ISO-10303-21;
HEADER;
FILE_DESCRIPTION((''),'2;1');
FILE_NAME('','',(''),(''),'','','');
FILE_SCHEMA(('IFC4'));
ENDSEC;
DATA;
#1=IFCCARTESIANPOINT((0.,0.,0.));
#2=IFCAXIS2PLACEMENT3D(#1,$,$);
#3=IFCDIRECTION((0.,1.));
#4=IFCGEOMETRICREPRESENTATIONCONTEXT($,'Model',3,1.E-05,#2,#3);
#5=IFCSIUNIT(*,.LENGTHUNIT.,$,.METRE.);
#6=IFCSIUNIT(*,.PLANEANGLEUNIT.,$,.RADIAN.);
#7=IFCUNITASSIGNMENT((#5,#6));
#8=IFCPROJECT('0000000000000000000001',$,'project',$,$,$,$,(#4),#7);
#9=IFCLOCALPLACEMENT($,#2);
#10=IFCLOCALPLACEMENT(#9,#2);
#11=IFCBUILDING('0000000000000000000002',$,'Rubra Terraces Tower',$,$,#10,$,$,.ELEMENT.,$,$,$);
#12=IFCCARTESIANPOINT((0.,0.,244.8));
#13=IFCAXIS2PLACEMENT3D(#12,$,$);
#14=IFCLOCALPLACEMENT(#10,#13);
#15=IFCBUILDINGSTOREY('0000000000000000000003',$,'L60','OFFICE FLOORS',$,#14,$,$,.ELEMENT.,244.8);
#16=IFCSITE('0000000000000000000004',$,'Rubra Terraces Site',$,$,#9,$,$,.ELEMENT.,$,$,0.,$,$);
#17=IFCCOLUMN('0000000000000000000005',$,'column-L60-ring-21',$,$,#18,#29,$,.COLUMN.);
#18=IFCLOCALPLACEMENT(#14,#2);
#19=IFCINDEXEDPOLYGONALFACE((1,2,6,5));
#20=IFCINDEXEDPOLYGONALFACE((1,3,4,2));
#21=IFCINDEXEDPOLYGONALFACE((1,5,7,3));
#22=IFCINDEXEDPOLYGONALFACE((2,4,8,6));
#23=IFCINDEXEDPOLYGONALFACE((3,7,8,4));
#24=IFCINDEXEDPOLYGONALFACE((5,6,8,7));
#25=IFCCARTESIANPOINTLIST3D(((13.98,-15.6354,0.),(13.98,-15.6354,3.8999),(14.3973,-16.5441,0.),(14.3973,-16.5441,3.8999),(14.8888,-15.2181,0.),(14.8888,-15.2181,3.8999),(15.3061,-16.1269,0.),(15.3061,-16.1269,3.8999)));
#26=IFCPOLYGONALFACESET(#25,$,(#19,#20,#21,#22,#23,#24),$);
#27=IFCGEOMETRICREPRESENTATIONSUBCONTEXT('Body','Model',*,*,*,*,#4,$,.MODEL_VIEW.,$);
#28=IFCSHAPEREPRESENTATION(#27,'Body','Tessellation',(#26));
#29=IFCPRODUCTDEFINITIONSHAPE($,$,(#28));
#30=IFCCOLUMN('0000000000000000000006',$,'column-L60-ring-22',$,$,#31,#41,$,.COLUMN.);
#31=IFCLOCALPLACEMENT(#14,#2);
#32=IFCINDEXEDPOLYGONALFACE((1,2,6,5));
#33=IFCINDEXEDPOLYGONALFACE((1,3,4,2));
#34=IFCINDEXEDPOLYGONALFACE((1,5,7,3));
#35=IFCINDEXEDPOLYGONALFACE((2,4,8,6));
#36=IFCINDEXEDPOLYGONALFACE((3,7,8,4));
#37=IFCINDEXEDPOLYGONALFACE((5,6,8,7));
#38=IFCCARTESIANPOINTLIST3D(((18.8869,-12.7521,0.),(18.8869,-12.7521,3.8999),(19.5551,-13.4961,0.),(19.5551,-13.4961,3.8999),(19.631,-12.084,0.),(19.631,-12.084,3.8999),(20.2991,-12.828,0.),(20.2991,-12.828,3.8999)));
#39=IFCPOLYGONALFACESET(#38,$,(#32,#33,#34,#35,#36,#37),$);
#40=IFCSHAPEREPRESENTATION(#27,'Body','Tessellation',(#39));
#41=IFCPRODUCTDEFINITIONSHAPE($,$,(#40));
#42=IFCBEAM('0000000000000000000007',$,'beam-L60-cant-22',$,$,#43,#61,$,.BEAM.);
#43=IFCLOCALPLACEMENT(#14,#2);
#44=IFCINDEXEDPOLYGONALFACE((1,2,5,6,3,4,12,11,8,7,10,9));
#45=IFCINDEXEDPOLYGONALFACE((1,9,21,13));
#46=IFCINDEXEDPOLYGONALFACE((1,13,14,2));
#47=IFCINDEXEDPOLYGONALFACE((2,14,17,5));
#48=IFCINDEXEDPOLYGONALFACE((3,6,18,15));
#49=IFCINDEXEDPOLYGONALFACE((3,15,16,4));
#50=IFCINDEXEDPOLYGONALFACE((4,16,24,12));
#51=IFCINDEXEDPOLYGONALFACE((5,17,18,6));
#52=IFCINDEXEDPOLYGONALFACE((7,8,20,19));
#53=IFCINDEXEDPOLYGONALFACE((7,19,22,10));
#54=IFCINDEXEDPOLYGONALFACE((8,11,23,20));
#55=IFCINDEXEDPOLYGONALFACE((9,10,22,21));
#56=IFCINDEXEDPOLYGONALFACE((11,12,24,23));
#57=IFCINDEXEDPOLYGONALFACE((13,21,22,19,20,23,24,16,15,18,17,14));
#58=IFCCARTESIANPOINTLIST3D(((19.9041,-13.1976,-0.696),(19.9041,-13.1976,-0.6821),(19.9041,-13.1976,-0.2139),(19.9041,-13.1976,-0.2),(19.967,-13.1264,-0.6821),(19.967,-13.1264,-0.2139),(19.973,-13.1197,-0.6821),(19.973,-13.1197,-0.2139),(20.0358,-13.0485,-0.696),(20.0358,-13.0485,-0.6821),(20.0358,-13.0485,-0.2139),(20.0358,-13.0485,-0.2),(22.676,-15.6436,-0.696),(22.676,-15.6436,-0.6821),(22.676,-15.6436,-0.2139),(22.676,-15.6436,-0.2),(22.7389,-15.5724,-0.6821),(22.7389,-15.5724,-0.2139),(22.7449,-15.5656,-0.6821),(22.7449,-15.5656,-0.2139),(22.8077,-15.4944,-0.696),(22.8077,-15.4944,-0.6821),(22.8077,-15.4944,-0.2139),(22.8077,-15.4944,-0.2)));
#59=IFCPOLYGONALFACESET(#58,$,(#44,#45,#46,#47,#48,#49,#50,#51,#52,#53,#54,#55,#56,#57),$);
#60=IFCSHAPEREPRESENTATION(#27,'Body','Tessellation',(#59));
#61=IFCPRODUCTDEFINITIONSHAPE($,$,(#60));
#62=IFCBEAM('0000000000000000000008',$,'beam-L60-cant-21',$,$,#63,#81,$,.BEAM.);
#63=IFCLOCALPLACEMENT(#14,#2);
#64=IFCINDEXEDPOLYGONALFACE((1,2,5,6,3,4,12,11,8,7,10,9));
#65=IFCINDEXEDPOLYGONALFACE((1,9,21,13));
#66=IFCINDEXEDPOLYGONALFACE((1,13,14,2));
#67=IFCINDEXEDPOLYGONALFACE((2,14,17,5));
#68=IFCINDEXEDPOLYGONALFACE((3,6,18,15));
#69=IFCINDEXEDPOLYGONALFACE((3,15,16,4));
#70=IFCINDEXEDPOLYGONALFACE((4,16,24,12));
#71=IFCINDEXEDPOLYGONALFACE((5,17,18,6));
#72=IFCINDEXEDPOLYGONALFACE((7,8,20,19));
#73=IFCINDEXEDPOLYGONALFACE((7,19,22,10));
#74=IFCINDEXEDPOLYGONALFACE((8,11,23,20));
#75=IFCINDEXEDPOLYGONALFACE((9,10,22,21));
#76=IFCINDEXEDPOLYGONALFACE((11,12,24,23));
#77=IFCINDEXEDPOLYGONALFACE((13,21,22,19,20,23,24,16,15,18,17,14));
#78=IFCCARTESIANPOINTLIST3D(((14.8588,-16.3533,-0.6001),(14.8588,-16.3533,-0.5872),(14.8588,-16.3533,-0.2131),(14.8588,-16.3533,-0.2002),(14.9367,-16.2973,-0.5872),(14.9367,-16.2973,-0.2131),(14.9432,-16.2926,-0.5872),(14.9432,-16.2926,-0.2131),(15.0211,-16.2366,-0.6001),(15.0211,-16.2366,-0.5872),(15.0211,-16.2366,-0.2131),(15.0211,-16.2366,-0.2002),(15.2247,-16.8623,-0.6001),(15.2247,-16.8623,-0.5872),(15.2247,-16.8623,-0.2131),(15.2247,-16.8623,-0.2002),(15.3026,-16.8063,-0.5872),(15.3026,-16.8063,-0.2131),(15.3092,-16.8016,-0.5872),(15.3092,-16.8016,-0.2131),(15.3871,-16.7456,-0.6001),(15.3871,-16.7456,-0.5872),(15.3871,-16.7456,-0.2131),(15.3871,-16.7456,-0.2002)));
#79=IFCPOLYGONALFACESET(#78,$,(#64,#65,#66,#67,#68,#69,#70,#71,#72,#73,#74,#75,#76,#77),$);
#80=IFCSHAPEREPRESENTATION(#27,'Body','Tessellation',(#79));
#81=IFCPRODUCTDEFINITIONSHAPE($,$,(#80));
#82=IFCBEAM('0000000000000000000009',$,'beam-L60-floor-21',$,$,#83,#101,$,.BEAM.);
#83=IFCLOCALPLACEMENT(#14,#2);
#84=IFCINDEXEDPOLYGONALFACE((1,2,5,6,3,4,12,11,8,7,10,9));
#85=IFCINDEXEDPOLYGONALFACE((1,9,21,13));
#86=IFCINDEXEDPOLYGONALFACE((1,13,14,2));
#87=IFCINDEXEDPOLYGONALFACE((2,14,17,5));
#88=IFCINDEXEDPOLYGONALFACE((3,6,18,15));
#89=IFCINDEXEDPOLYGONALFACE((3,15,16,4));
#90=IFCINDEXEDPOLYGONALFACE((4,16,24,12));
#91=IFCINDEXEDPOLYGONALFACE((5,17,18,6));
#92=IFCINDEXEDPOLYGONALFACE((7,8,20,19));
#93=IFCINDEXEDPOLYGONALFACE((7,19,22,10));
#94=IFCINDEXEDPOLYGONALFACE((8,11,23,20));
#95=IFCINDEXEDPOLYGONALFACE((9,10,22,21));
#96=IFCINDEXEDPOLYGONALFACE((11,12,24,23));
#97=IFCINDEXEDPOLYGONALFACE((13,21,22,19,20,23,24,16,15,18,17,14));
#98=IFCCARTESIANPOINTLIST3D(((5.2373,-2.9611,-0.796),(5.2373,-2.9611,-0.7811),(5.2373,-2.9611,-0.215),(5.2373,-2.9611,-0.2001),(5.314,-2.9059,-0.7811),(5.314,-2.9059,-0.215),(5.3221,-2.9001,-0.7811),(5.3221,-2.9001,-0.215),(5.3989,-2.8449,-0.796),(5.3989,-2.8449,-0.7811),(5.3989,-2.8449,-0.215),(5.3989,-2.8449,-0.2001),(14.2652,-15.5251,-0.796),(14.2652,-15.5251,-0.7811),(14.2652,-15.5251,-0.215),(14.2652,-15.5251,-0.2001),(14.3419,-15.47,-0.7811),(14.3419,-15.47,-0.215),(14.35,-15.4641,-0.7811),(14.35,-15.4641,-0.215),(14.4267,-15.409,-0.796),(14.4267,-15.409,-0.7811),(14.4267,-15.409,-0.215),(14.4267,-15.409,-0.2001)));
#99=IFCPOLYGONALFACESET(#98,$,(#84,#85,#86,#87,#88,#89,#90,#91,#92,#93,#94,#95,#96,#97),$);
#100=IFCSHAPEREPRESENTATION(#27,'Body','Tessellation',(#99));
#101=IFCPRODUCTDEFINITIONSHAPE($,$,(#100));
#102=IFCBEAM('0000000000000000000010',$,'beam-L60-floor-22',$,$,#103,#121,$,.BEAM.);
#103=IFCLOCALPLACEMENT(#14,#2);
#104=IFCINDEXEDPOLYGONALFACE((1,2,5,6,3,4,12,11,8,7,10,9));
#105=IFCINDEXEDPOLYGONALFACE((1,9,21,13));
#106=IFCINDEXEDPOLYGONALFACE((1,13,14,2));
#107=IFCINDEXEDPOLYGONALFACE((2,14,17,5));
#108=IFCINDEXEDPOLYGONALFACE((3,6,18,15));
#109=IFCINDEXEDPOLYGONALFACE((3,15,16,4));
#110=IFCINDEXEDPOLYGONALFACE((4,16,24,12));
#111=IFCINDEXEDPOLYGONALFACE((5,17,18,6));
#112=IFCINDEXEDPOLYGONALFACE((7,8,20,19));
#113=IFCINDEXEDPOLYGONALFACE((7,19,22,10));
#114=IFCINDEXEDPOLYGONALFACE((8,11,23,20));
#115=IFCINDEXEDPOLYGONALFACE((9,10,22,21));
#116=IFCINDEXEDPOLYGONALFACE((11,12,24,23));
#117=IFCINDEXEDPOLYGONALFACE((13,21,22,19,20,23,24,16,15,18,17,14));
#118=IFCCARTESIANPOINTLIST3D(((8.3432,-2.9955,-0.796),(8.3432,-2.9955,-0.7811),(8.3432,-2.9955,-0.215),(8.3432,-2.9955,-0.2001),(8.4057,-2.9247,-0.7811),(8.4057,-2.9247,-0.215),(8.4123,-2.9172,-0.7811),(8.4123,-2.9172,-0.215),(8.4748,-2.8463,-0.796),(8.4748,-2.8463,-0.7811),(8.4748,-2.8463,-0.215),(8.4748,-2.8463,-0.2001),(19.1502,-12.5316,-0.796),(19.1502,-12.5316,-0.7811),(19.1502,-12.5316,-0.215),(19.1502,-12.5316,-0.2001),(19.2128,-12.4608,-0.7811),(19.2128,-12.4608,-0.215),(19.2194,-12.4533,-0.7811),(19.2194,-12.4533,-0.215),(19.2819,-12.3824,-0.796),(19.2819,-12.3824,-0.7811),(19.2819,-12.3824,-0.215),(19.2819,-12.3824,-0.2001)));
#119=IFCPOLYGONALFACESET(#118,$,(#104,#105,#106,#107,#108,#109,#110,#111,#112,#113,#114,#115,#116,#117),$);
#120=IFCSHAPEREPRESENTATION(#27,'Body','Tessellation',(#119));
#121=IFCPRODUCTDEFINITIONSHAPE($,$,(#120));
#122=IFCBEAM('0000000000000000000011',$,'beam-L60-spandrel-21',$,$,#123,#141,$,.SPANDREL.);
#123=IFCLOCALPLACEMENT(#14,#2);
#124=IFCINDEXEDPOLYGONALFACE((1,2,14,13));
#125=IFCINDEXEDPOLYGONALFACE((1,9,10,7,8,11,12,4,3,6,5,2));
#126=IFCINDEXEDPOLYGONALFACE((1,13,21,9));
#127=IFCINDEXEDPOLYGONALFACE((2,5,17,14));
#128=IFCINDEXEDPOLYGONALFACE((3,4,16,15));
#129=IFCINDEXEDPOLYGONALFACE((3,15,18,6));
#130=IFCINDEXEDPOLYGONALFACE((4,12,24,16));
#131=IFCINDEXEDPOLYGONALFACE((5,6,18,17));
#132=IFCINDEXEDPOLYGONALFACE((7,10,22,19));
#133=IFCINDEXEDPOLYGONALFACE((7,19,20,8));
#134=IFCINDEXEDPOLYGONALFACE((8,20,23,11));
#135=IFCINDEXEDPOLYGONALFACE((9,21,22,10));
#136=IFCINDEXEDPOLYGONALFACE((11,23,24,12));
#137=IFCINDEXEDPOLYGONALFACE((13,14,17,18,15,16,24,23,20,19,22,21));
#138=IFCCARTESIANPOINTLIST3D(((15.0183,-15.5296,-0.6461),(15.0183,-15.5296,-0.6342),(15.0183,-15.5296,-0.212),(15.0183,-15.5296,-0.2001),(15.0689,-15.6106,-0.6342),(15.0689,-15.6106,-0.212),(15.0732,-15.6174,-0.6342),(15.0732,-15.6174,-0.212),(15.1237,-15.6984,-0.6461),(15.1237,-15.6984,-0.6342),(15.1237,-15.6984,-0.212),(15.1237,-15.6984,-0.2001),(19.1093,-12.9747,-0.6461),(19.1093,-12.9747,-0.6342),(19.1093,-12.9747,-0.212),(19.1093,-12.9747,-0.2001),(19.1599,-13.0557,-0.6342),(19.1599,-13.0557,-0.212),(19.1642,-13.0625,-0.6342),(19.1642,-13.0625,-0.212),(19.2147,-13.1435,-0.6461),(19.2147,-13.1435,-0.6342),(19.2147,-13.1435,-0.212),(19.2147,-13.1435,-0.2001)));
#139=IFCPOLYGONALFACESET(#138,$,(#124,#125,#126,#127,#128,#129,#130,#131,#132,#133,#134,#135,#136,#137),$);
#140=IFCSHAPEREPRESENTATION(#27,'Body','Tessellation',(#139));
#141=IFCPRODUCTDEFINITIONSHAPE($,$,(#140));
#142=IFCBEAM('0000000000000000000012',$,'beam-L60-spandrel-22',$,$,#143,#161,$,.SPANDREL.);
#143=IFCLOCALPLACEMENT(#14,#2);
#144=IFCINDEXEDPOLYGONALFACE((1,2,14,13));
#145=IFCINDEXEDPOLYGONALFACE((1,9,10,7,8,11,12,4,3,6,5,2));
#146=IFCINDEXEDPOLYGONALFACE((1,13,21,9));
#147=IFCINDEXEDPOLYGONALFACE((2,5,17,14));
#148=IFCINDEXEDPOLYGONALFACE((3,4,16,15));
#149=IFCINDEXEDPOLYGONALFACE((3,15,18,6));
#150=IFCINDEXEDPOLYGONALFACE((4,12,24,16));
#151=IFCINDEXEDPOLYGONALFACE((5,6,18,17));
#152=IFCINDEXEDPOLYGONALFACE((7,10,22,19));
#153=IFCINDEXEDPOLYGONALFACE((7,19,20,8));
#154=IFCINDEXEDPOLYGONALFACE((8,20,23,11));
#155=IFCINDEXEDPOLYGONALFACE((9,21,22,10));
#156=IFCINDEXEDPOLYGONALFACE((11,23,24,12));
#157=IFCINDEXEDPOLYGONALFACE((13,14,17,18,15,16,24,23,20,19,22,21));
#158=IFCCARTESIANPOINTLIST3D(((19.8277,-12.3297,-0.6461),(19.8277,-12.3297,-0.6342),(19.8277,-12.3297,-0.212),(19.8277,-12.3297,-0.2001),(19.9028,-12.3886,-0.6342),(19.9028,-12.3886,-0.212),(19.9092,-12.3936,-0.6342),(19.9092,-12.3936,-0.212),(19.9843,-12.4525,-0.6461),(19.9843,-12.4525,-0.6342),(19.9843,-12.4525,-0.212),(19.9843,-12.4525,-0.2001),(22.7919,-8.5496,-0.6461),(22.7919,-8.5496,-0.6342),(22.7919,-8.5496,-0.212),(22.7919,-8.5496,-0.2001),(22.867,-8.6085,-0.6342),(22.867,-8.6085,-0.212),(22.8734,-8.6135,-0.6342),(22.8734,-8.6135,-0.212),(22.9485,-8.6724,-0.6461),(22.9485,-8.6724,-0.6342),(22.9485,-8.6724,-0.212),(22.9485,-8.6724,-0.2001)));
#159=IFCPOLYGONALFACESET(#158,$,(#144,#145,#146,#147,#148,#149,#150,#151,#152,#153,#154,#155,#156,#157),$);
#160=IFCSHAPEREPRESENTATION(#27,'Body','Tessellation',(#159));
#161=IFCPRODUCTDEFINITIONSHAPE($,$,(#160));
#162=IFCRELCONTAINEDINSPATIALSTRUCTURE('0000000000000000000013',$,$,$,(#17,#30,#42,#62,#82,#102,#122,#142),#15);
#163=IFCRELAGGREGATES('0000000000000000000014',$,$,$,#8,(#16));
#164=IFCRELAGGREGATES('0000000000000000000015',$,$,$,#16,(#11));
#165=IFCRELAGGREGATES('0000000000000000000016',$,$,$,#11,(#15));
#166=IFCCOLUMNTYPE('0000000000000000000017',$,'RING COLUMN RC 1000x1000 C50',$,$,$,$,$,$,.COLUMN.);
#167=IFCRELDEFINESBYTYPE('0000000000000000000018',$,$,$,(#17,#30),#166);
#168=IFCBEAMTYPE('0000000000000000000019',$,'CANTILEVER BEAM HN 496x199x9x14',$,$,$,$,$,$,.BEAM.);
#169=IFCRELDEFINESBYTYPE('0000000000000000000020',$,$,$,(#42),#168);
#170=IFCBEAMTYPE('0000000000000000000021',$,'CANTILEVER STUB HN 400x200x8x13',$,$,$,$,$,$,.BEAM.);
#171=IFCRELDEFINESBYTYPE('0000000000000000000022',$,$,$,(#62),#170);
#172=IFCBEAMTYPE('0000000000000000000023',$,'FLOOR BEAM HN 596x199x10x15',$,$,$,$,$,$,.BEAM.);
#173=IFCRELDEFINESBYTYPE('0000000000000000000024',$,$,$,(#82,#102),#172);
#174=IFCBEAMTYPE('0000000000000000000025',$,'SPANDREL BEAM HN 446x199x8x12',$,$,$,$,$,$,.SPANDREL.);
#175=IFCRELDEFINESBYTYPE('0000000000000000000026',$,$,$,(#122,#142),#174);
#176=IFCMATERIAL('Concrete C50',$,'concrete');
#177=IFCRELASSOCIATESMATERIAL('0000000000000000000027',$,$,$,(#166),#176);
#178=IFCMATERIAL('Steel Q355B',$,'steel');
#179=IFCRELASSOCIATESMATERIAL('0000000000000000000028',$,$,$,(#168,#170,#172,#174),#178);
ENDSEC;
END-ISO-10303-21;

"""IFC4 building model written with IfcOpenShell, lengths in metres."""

from ifc_helpers import new_model, si_unit, direction, frame, origin, origin_2d, place, context, subcontext, project, spatial, rectangle, i_section, extrude, material, material_profile, profile_set, type_object, element, save


model = new_model("IFC4")

# Units and contexts
model_context = context("Model", 3, precision=1e-05, world=origin(), true_north=direction((0.0, 1.0)))
body_context = subcontext(model_context, "Body", "Model", "MODEL_VIEW")
ifc_project = project(units=[si_unit("LENGTHUNIT", "METRE"), si_unit("PLANEANGLEUNIT", "RADIAN")], contexts=[model_context])

# Site, building, storey
site_placement = place(None, origin())
site = spatial("IfcSite", under=ifc_project, at=site_placement, Name="Rubra Terraces Site", CompositionType="ELEMENT", RefElevation=0.0)
building_placement = place(site_placement, origin())
building = spatial("IfcBuilding", under=site, at=building_placement, Name="Rubra Terraces Tower", CompositionType="ELEMENT")
storey_placement = place(building_placement, frame((0.0, 0.0, 244.8)))
storey = spatial("IfcBuildingStorey", under=building, at=storey_placement, Name="L60", Description="OFFICE FLOORS", CompositionType="ELEMENT", Elevation=244.8)

# Columns
ifc_material_1 = material(Name="Concrete C50", Category="concrete")
ifc_material_profile_1 = material_profile(ifc_material_1, rectangle(XDim=1.0, YDim=1.0, at=origin_2d()), Name="RC 1000x1000")
ifc_profile_set_1 = profile_set([ifc_material_profile_1], Name="Concrete C50")
column_type = type_object("IfcColumnType", Name="RING COLUMN RC 1000x1000 C50", PredefinedType="COLUMN", material=ifc_profile_set_1)
for number, where, z_axis, x_axis, name in (
    (1, (14.6431, -15.8811, 0.0), (0.0, 0.0, 1.0), (0.908779, 0.417279, 0.0), "column-L60-ring-21"),
    (2, (19.593, -12.79, 0.0), (0.0, 0.0, 1.0), (0.744021, 0.668156, 0.0), "column-L60-ring-22"),
):
    element("IfcColumn", number, at=place(storey_placement, frame(where, z_axis=z_axis, x_axis=x_axis)), inside=storey, type_object=column_type, Name=name, PredefinedType="COLUMN", context=body_context, shape_type="SweptSolid", body=[
        extrude(rectangle(XDim=1.0, YDim=1.0, at=origin_2d()), origin(), (0.0, 0.0, 1.0), 3.8999),
    ])

# Beams
ifc_material_2 = material(Name="Steel Q355B", Category="steel")
ifc_material_profile_2 = material_profile(ifc_material_2, i_section(OverallWidth=0.199, OverallDepth=0.4961, WebThickness=0.009, FlangeThickness=0.0139, at=origin_2d()), Name="HN 496x199x9x14")
ifc_profile_set_2 = profile_set([ifc_material_profile_2], Name="Steel Q355B")
beam_type_1 = type_object("IfcBeamType", Name="CANTILEVER BEAM HN 496x199x9x14", PredefinedType="BEAM", material=ifc_profile_set_2)
beam_1_placement = place(storey_placement, frame((19.97, -13.123, -0.448), z_axis=(0.749813, -0.66165, 0.0), x_axis=(0.66165, 0.749813, 0.0)))
element("IfcBeam", 3, at=beam_1_placement, inside=storey, type_object=beam_type_1, Name="beam-L60-cant-22", PredefinedType="BEAM", context=body_context, shape_type="SweptSolid", body=[
    extrude(i_section(OverallWidth=0.199, OverallDepth=0.4961, WebThickness=0.009, FlangeThickness=0.0139, at=origin_2d()), origin(), (0.0, 0.0, 1.0), 3.6968),
])
ifc_material_profile_3 = material_profile(ifc_material_2, i_section(OverallWidth=0.2, OverallDepth=0.3999, WebThickness=0.0081, FlangeThickness=0.0129, at=origin_2d()), Name="HN 400x200x8x13")
ifc_profile_set_3 = profile_set([ifc_material_profile_3], Name="Steel Q355B")
beam_type_2 = type_object("IfcBeamType", Name="CANTILEVER STUB HN 400x200x8x13", PredefinedType="BEAM", material=ifc_profile_set_3)
beam_2_placement = place(storey_placement, frame((14.9399, -16.2949, -0.4001), z_axis=(0.58374, -0.81194, 0.0), x_axis=(0.81194, 0.58374, 0.0)))
element("IfcBeam", 4, at=beam_2_placement, inside=storey, type_object=beam_type_2, Name="beam-L60-cant-21", PredefinedType="BEAM", context=body_context, shape_type="SweptSolid", body=[
    extrude(i_section(OverallWidth=0.2, OverallDepth=0.3999, WebThickness=0.0081, FlangeThickness=0.0129, at=origin_2d()), origin(), (0.0, 0.0, 1.0), 0.627),
])
ifc_material_profile_4 = material_profile(ifc_material_2, i_section(OverallWidth=0.199, OverallDepth=0.5959, WebThickness=0.01, FlangeThickness=0.0149, at=origin_2d()), Name="HN 596x199x10x15")
ifc_profile_set_4 = profile_set([ifc_material_profile_4], Name="Steel Q355B")
beam_type_3 = type_object("IfcBeamType", Name="FLOOR BEAM HN 596x199x10x15", PredefinedType="BEAM", material=ifc_profile_set_4)
beam_3_placement = place(storey_placement, frame((14.3459, -15.467, -0.498), z_axis=(-0.583529, 0.812092, 0.0), x_axis=(-0.812092, -0.583529, 0.0)))
element("IfcBeam", 5, at=beam_3_placement, inside=storey, type_object=beam_type_3, Name="beam-L60-floor-21", PredefinedType="BEAM", context=body_context, shape_type="SweptSolid", body=[
    extrude(i_section(OverallWidth=0.199, OverallDepth=0.5959, WebThickness=0.01, FlangeThickness=0.0149, at=origin_2d()), origin(), (0.0, 0.0, 1.0), 15.4712),
])
beam_4_placement = place(storey_placement, frame((19.2161, -12.457, -0.498), z_axis=(-0.749823, 0.661638, 0.0), x_axis=(-0.661638, -0.749823, 0.0)))
element("IfcBeam", 6, at=beam_4_placement, inside=storey, type_object=beam_type_3, Name="beam-L60-floor-22", PredefinedType="BEAM", context=body_context, shape_type="SweptSolid", body=[
    extrude(i_section(OverallWidth=0.199, OverallDepth=0.5959, WebThickness=0.01, FlangeThickness=0.0149, at=origin_2d()), origin(), (0.0, 0.0, 1.0), 14.4128),
])
ifc_material_profile_5 = material_profile(ifc_material_2, i_section(OverallWidth=0.199, OverallDepth=0.446, WebThickness=0.0081, FlangeThickness=0.012, at=origin_2d()), Name="HN 446x199x8x12")
ifc_profile_set_5 = profile_set([ifc_material_profile_5], Name="Steel Q355B")
beam_type_4 = type_object("IfcBeamType", Name="SPANDREL BEAM HN 446x199x8x12", PredefinedType="SPANDREL", material=ifc_profile_set_5)
beam_5_placement = place(storey_placement, frame((15.071, -15.614, -0.4231), z_axis=(0.848183, 0.529703, 0.0), x_axis=(-0.529703, 0.848183, 0.0)))
element("IfcBeam", 7, at=beam_5_placement, inside=storey, type_object=beam_type_4, Name="beam-L60-spandrel-21", PredefinedType="SPANDREL", context=body_context, shape_type="SweptSolid", body=[
    extrude(i_section(OverallWidth=0.199, OverallDepth=0.446, WebThickness=0.0081, FlangeThickness=0.012, at=origin_2d()), origin(), (0.0, 0.0, 1.0), 4.8232),
])
beam_6_placement = place(storey_placement, frame((19.906, -12.3911, -0.4231), z_axis=(0.61706, 0.786916, 0.0), x_axis=(-0.786916, 0.61706, 0.0)))
element("IfcBeam", 8, at=beam_6_placement, inside=storey, type_object=beam_type_4, Name="beam-L60-spandrel-22", PredefinedType="SPANDREL", context=body_context, shape_type="SweptSolid", body=[
    extrude(i_section(OverallWidth=0.199, OverallDepth=0.446, WebThickness=0.0081, FlangeThickness=0.012, at=origin_2d()), origin(), (0.0, 0.0, 1.0), 4.8037),
])

save(model, "model.ifc")
